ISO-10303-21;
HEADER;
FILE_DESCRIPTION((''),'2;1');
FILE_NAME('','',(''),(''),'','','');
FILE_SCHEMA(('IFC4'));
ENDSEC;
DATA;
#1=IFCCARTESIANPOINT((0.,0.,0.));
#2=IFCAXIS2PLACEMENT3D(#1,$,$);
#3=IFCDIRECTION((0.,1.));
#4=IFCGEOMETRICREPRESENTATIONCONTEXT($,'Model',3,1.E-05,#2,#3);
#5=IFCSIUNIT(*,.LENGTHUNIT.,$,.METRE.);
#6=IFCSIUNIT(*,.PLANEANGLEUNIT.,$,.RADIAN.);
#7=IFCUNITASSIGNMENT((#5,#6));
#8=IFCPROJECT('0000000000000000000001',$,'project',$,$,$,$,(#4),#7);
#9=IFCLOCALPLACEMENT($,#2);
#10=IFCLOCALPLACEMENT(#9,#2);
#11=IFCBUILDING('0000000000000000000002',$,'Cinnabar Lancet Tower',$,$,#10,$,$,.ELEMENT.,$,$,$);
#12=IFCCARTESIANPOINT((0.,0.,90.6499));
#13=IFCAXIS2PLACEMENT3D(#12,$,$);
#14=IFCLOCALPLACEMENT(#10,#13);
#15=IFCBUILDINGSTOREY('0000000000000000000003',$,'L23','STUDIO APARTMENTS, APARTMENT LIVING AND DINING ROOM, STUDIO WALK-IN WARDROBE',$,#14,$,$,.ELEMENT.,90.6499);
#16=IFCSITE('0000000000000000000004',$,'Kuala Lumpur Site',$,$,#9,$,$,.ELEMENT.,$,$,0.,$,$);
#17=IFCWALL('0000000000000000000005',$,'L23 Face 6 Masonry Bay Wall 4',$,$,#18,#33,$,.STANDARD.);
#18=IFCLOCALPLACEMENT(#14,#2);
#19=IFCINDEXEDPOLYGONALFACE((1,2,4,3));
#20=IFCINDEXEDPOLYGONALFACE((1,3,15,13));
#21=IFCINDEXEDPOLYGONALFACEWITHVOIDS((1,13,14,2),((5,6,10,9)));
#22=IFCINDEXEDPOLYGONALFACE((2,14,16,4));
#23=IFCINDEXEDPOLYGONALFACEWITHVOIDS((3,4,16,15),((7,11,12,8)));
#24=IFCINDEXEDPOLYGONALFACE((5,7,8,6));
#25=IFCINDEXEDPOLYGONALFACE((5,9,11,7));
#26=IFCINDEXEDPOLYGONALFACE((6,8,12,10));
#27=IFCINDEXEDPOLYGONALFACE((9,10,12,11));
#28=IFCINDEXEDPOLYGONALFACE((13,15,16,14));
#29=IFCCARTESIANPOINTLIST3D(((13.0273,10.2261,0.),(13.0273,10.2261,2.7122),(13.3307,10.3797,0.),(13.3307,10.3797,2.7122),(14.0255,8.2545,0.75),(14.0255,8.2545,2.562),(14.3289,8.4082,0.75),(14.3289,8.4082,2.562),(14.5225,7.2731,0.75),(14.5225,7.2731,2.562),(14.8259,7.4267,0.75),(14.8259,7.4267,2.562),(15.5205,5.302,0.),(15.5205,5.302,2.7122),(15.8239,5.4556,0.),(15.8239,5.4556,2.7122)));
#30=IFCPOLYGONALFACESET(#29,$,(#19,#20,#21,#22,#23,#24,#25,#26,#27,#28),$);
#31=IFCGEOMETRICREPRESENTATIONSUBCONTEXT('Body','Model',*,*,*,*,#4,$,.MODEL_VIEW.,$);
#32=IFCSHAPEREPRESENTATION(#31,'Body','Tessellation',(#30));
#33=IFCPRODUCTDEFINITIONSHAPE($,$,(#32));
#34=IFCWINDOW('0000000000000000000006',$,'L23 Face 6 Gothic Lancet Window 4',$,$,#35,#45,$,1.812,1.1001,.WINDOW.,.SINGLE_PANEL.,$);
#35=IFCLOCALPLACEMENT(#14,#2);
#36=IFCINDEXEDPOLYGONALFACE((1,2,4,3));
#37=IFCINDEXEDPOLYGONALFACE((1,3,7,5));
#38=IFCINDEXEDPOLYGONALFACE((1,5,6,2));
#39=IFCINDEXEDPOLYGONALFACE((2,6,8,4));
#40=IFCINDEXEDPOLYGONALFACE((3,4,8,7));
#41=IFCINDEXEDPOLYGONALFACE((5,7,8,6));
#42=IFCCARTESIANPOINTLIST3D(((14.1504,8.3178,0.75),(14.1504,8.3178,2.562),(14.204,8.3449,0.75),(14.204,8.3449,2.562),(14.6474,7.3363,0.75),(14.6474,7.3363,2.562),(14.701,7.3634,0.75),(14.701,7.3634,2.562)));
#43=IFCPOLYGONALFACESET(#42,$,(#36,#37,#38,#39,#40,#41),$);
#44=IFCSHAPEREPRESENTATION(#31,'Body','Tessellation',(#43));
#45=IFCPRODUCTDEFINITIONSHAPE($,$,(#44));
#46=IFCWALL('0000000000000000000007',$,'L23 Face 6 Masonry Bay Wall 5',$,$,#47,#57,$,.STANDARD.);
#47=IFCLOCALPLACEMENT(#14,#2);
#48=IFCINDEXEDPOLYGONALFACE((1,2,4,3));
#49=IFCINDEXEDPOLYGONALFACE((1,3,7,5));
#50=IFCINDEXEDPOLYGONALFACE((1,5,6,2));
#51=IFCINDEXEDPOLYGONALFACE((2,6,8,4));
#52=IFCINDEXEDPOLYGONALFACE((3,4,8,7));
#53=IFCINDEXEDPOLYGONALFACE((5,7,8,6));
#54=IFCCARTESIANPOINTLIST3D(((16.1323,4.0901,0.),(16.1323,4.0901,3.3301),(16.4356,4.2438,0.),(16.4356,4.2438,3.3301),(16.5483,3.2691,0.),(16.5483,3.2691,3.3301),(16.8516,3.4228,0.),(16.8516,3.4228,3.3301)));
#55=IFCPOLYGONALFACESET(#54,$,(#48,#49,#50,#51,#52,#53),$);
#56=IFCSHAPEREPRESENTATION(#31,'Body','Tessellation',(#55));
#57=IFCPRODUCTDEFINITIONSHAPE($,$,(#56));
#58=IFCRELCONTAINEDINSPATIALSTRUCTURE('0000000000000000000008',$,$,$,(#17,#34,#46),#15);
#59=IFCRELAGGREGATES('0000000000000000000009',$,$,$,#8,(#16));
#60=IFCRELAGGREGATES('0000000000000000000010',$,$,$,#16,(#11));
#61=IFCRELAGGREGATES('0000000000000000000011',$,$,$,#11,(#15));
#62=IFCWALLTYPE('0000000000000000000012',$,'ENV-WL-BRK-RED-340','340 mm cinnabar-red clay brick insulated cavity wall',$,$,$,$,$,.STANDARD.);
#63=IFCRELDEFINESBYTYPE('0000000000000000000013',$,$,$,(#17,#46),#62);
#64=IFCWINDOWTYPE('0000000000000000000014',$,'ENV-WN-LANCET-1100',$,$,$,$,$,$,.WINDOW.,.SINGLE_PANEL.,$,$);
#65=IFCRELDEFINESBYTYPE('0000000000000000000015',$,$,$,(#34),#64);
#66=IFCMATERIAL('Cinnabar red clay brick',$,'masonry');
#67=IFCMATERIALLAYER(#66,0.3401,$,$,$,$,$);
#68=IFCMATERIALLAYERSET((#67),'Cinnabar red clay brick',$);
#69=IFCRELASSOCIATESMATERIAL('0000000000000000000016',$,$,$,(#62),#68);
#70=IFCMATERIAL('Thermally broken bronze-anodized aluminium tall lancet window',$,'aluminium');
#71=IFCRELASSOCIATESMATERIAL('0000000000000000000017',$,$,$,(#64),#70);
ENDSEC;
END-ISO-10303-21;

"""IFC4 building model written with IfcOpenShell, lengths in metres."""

from ifc_helpers import new_model, si_unit, direction, frame, frame_2d, origin, place, context, subcontext, project, spatial, rectangle, extrude, material, layer, layer_set, type_object, element, fill, save


model = new_model("IFC4")

# Units and contexts
model_context = context("Model", 3, precision=1e-05, world=origin(), true_north=direction((0.0, 1.0)))
body_context = subcontext(model_context, "Body", "Model", "MODEL_VIEW")
ifc_project = project(units=[si_unit("LENGTHUNIT", "METRE"), si_unit("PLANEANGLEUNIT", "RADIAN")], contexts=[model_context])

# Site, building, storey
site_placement = place(None, origin())
site = spatial("IfcSite", under=ifc_project, at=site_placement, Name="Kuala Lumpur Site", CompositionType="ELEMENT", RefElevation=0.0)
building_placement = place(site_placement, origin())
building = spatial("IfcBuilding", under=site, at=building_placement, Name="Cinnabar Lancet Tower", CompositionType="ELEMENT")
storey_placement = place(building_placement, frame((0.0, 0.0, 90.6499)))
storey = spatial("IfcBuildingStorey", under=building, at=storey_placement, Name="L23", Description="STUDIO APARTMENTS, APARTMENT LIVING AND DINING ROOM, STUDIO WALK-IN WARDROBE", CompositionType="ELEMENT", Elevation=90.6499)

# Shared definitions
ifc_material_1 = material(Name="Cinnabar red clay brick", Category="masonry")
ifc_layer_1 = layer(ifc_material_1, 0.3401)
ifc_layer_set_1 = layer_set([ifc_layer_1], Name="Cinnabar red clay brick")
wall_type = type_object("IfcWallType", Name="ENV-WL-BRK-RED-340", Description="340 mm cinnabar-red clay brick insulated cavity wall", PredefinedType="STANDARD", material=ifc_layer_set_1)

# Wall, opening, window
wall_1_placement = place(storey_placement, frame((13.179, 10.303, 0.0), z_axis=(0.0, 0.0, 1.0), x_axis=(0.45172, -0.89216, 0.0)))
wall_1 = element("IfcWall", 1, at=wall_1_placement, inside=storey, type_object=wall_type, Name="L23 Face 6 Masonry Bay Wall 4", PredefinedType="STANDARD", context=body_context, shape_type="SweptSolid", body=[
    extrude(rectangle(XDim=5.5193, YDim=0.3401, at=frame_2d((2.7598, 0.0))), origin(), (0.0, 0.0, 1.0), 2.7122),
])
opening_placement = place(wall_1_placement, frame((2.21, 0.0, 0.75)))
opening = element("IfcOpeningElement", 2, at=opening_placement, cuts=wall_1, PredefinedType="OPENING", context=body_context, shape_type="SweptSolid", body=[
    extrude(rectangle(XDim=1.1001, YDim=1.812, at=frame_2d((0.55, 0.906))), frame((0.0, 0.1799, 0.0), z_axis=(0.0, -1.0, 0.0), x_axis=(1.0, 0.0, 0.0)), (0.0, 0.0, 1.0), 0.3601),
])
ifc_material_2 = material(Name="Thermally broken bronze-anodized aluminium tall lancet window", Category="aluminium")
window_type = type_object("IfcWindowType", Name="ENV-WN-LANCET-1100", PartitioningType="SINGLE_PANEL", PredefinedType="WINDOW", material=ifc_material_2)
window_placement = place(opening_placement, origin())
window = element("IfcWindow", 3, at=window_placement, inside=storey, type_object=window_type, Name="L23 Face 6 Gothic Lancet Window 4", OverallHeight=1.812, OverallWidth=1.1001, PartitioningType="SINGLE_PANEL", PredefinedType="WINDOW", context=body_context, shape_type="SweptSolid", body=[
    extrude(rectangle(XDim=1.1001, YDim=1.812, at=frame_2d((0.55, 0.906))), frame((0.0, 0.03, 0.0), z_axis=(0.0, -1.0, 0.0), x_axis=(1.0, 0.0, 0.0)), (0.0, 0.0, 1.0), 0.0601),
])
fill(opening, window)

# Wall
wall_2_placement = place(storey_placement, frame((16.2839, 4.167, 0.0), z_axis=(0.0, 0.0, 1.0), x_axis=(0.451982, -0.892027, 0.0)))
element("IfcWall", 4, at=wall_2_placement, inside=storey, type_object=wall_type, Name="L23 Face 6 Masonry Bay Wall 5", PredefinedType="STANDARD", context=body_context, shape_type="SweptSolid", body=[
    extrude(rectangle(XDim=0.9204, YDim=0.3401, at=frame_2d((0.4602, 0.0))), origin(), (0.0, 0.0, 1.0), 3.3301),
])

save(model, "model.ifc")
